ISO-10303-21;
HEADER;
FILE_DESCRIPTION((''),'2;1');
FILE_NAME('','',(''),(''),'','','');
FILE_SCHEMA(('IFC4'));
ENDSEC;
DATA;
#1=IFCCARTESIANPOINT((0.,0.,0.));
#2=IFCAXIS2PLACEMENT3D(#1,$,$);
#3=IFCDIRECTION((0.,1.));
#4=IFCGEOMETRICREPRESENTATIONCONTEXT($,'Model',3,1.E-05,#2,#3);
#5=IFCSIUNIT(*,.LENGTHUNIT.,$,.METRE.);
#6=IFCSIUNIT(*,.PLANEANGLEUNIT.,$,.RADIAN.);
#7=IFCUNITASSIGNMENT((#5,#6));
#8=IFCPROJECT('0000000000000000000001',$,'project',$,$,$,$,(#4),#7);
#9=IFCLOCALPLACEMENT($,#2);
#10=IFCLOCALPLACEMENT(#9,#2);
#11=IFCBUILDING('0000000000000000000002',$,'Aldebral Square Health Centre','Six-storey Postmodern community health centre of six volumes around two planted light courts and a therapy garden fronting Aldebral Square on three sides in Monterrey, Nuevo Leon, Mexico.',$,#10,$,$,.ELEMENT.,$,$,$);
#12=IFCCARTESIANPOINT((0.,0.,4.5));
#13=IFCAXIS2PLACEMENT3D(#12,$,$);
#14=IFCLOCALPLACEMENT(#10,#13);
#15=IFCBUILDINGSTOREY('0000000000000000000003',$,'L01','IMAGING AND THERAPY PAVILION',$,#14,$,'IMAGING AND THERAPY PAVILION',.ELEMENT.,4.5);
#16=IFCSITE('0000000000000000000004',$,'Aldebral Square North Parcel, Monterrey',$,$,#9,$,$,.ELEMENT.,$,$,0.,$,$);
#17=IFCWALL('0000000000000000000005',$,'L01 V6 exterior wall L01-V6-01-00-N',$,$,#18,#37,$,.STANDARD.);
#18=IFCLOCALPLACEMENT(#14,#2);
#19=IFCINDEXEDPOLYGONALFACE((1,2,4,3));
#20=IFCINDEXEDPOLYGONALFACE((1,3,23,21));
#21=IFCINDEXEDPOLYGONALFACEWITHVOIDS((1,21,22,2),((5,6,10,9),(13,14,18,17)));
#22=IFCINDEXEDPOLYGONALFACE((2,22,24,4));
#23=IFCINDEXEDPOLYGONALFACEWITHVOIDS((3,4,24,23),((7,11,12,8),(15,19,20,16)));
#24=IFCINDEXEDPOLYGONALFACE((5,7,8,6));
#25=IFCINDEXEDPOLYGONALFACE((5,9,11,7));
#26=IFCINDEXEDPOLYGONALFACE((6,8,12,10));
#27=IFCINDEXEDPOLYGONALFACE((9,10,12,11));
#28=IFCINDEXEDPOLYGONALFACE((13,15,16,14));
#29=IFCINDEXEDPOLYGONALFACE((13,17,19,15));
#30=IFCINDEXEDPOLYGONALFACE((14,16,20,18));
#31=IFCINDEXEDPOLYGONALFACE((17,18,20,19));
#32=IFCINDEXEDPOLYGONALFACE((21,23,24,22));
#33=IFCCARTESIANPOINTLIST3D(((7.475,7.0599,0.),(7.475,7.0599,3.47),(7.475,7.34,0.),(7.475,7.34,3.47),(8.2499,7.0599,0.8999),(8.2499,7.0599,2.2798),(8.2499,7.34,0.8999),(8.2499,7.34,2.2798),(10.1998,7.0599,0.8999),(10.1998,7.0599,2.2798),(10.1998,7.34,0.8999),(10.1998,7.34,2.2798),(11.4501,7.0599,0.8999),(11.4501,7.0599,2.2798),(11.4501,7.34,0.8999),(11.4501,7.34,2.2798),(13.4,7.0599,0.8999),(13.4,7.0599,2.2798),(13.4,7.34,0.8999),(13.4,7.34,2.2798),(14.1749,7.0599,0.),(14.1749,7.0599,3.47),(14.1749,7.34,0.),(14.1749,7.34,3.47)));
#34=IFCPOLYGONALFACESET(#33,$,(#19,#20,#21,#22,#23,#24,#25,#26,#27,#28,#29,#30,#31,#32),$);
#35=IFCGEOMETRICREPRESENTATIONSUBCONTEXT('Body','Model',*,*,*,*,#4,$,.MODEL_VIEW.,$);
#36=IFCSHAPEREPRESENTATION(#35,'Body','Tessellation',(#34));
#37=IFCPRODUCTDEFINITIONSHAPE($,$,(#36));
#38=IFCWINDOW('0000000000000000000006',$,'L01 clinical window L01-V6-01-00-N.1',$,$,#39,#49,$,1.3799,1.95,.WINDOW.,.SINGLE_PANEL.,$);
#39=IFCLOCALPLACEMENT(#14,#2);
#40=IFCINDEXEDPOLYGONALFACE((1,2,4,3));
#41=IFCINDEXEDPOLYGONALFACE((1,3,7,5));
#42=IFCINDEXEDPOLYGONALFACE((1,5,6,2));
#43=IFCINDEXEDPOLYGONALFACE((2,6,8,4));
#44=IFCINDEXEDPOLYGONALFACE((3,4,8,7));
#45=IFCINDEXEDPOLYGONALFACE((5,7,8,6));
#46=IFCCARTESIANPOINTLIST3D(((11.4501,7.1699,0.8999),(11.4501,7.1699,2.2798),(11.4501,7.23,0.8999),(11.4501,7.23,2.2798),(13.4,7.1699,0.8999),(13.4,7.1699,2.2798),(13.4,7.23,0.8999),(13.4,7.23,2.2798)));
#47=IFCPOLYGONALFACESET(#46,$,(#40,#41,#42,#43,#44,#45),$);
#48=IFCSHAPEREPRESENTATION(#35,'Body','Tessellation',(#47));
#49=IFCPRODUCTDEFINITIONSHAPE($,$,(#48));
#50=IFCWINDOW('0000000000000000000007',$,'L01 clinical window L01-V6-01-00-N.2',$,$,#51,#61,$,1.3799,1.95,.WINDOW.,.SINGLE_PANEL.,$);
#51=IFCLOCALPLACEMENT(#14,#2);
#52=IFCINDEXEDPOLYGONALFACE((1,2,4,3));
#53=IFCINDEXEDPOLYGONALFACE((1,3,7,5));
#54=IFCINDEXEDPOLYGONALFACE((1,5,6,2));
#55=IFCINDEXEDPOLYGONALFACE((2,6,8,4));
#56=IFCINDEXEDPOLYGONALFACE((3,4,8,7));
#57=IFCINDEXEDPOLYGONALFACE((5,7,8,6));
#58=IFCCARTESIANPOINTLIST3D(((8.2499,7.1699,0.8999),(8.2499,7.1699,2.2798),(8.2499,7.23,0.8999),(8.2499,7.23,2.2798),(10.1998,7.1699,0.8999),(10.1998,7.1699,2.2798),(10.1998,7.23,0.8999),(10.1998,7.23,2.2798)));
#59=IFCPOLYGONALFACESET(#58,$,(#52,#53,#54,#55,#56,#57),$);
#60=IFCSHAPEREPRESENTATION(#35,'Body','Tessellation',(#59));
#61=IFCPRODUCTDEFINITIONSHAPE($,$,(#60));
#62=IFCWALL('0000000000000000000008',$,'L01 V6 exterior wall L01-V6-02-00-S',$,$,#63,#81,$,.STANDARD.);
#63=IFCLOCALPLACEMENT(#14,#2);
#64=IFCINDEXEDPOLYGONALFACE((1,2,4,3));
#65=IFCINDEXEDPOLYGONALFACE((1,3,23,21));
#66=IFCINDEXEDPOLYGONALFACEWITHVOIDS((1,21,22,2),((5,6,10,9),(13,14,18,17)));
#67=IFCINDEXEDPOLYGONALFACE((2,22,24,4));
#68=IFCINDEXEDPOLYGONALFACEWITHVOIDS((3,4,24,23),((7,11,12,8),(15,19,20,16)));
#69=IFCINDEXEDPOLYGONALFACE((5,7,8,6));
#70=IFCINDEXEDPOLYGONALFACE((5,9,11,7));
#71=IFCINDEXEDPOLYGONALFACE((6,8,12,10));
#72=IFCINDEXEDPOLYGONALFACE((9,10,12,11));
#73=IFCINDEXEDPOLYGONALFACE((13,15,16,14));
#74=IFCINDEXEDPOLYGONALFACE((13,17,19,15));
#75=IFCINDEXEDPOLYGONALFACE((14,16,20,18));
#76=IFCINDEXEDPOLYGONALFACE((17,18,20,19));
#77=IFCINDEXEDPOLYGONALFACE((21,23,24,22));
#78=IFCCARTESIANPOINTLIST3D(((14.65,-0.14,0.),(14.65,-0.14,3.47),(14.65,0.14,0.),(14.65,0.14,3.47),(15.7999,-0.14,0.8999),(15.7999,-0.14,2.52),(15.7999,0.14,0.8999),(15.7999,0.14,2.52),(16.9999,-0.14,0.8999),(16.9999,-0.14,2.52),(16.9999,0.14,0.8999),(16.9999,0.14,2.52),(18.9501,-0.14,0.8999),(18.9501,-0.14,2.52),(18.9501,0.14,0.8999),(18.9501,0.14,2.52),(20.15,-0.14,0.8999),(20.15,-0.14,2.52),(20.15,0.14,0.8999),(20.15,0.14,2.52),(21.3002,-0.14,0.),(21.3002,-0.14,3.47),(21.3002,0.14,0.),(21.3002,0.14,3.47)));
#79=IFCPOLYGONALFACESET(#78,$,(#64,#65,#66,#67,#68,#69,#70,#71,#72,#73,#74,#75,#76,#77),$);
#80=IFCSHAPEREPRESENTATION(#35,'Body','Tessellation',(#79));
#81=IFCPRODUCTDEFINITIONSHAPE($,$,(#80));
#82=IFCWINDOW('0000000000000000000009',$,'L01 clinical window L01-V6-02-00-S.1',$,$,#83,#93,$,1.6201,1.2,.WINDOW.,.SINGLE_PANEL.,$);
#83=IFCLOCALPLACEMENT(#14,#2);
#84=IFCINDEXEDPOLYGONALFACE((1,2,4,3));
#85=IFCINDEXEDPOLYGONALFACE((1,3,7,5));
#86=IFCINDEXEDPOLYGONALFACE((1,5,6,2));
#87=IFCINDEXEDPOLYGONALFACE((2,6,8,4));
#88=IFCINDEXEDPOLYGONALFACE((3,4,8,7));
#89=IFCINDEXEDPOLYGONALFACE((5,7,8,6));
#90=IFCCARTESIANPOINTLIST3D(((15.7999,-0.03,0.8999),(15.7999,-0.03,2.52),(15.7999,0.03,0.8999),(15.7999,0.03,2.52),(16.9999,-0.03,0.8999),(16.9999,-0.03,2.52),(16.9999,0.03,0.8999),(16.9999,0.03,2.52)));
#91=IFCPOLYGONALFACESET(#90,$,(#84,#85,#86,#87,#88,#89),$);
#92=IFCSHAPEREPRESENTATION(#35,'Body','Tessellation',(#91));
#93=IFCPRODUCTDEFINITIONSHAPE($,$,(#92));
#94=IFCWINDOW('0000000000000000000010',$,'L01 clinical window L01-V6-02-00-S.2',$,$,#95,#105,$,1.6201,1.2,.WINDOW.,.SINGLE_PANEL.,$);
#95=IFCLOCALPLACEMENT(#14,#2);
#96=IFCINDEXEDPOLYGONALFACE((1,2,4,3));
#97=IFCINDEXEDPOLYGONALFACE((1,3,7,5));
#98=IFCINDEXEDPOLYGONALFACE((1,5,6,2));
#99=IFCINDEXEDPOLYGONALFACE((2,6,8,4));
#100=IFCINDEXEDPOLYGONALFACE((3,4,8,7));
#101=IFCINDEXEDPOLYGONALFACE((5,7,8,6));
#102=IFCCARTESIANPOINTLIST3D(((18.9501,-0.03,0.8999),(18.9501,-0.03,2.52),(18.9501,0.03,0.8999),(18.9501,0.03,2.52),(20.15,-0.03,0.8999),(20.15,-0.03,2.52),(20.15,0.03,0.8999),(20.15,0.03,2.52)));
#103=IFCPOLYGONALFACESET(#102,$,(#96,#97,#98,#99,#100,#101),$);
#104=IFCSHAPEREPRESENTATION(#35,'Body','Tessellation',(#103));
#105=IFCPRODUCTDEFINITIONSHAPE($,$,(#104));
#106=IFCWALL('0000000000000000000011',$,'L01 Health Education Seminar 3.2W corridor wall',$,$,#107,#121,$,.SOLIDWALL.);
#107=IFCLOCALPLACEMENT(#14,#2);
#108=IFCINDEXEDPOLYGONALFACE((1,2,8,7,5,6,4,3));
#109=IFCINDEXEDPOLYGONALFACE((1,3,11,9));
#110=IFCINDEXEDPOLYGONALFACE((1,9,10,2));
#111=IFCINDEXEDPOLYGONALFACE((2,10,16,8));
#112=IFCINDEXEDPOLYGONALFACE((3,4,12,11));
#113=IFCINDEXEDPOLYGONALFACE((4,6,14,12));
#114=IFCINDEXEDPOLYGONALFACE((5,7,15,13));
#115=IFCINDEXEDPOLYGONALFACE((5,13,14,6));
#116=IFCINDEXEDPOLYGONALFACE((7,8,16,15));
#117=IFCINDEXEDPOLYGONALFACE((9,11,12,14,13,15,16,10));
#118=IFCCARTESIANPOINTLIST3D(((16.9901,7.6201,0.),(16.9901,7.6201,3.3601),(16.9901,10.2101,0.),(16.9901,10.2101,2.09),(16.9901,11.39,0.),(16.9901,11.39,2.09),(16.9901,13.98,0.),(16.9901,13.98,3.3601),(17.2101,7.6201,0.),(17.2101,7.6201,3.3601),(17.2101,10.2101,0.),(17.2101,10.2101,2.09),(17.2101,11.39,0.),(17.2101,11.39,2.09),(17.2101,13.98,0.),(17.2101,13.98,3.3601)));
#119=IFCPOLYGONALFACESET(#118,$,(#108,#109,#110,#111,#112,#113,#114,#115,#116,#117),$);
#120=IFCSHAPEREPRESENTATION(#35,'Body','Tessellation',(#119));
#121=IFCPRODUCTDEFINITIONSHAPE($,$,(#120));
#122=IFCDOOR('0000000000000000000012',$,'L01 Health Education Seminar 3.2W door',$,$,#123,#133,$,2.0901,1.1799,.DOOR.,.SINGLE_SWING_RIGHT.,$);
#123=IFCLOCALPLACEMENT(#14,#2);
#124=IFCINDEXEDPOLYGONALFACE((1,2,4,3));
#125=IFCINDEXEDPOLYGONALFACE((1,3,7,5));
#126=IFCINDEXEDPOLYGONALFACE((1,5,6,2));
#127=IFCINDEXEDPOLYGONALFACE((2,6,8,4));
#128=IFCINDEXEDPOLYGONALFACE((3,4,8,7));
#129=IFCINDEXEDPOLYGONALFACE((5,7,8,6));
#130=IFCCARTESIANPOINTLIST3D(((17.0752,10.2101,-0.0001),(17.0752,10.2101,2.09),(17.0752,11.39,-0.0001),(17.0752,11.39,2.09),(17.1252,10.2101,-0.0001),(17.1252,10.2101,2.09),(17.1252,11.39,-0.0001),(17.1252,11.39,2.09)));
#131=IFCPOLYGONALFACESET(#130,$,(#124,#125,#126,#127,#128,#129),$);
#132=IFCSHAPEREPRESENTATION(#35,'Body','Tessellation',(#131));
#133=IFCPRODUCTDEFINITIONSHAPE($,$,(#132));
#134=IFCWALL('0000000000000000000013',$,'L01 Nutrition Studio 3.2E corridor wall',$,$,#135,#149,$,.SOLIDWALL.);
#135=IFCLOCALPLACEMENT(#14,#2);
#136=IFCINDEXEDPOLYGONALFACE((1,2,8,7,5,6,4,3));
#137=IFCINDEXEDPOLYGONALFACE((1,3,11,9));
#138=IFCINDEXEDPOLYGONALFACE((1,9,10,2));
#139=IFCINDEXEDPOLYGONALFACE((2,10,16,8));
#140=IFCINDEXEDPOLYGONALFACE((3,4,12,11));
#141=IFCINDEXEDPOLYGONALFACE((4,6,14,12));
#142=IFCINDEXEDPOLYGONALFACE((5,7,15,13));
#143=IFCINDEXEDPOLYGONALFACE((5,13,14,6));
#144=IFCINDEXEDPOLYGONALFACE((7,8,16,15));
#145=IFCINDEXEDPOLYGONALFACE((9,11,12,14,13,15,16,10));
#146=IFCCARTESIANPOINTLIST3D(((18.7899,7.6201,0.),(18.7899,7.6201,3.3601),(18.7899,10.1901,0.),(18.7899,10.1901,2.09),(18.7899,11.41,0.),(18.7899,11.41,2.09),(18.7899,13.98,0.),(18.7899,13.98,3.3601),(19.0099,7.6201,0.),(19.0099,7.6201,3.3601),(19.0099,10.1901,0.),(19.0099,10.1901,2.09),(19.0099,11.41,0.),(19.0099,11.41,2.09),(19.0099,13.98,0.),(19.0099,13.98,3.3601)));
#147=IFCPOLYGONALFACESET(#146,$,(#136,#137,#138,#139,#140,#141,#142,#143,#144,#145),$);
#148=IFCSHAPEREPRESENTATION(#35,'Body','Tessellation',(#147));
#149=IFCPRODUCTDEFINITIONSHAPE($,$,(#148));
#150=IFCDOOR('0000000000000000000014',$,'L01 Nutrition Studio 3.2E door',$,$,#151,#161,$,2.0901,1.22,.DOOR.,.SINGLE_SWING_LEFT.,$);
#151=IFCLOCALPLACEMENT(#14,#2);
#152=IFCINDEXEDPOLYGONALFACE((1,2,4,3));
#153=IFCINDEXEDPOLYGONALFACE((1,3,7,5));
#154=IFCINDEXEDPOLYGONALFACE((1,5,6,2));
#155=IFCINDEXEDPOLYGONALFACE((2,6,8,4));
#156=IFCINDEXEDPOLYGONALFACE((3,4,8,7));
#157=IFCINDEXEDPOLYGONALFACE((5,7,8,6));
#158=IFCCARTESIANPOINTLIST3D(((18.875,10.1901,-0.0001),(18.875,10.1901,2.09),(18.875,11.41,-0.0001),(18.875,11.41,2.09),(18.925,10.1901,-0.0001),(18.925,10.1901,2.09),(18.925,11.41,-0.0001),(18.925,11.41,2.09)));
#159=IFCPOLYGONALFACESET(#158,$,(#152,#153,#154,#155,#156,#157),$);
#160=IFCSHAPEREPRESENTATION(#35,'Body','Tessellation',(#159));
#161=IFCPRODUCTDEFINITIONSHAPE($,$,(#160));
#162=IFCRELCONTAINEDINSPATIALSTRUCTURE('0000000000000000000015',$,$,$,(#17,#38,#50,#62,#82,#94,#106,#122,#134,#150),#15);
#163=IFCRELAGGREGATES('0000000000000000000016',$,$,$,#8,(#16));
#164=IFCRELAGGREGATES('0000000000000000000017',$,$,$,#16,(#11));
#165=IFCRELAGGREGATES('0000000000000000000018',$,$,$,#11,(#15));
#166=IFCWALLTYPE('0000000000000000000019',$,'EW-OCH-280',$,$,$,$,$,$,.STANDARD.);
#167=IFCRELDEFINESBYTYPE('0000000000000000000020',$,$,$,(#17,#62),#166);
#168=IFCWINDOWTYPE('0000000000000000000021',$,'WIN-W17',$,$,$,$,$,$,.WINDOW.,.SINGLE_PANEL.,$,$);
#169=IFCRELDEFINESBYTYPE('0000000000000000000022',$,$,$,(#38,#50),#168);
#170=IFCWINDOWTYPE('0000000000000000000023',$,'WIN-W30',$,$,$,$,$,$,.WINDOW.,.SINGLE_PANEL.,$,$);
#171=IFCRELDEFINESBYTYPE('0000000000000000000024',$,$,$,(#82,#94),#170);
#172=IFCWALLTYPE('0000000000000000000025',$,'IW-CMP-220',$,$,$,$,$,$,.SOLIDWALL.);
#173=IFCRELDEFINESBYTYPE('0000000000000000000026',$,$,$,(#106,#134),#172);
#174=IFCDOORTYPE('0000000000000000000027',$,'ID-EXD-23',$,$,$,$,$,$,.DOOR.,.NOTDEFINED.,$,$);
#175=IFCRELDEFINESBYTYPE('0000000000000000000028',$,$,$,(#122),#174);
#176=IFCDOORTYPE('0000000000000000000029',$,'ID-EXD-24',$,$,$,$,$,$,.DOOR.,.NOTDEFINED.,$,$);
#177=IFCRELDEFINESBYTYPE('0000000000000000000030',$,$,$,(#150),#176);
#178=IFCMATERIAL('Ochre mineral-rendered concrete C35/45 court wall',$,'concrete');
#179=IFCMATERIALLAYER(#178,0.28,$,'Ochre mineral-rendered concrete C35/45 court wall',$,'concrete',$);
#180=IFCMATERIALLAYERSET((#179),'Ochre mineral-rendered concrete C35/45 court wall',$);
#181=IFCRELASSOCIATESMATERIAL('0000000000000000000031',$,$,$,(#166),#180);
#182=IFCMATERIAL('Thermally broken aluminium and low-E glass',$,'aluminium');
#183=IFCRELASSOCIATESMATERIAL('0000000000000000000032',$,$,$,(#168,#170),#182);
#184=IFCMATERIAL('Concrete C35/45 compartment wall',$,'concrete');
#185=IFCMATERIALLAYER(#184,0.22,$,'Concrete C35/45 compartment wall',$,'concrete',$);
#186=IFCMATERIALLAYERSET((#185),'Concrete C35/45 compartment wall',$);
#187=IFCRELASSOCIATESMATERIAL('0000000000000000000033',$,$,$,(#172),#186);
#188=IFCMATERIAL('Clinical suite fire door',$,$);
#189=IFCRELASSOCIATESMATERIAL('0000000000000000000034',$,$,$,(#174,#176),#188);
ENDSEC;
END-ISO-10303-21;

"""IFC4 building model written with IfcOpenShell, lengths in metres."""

from ifc_helpers import new_model, si_unit, direction, frame, frame_2d, origin, place, context, subcontext, project, spatial, rectangle, extrude, material, layer, layer_set, type_object, element, fill, save


model = new_model("IFC4")

# Units and contexts
model_context = context("Model", 3, precision=1e-05, world=origin(), true_north=direction((0.0, 1.0)))
body_context = subcontext(model_context, "Body", "Model", "MODEL_VIEW")
ifc_project = project(units=[si_unit("LENGTHUNIT", "METRE"), si_unit("PLANEANGLEUNIT", "RADIAN")], contexts=[model_context])

# Site, building, storey
site_placement = place(None, origin())
site = spatial("IfcSite", under=ifc_project, at=site_placement, Name="Aldebral Square North Parcel, Monterrey", CompositionType="ELEMENT", RefElevation=0.0)
building_placement = place(site_placement, origin())
building = spatial("IfcBuilding", under=site, at=building_placement, Name="Aldebral Square Health Centre", Description="Six-storey Postmodern community health centre of six volumes around two planted light courts and a therapy garden fronting Aldebral Square on three sides in Monterrey, Nuevo Leon, Mexico.", CompositionType="ELEMENT")
storey_placement = place(building_placement, frame((0.0, 0.0, 4.5)))
storey = spatial("IfcBuildingStorey", under=building, at=storey_placement, Name="L01", Description="IMAGING AND THERAPY PAVILION", LongName="IMAGING AND THERAPY PAVILION", CompositionType="ELEMENT", Elevation=4.5)

# Walls, openings, windows
ifc_material_1 = material(Name="Ochre mineral-rendered concrete C35/45 court wall", Category="concrete")
ifc_layer_1 = layer(ifc_material_1, 0.28, Name="Ochre mineral-rendered concrete C35/45 court wall", Category="concrete")
ifc_layer_set_1 = layer_set([ifc_layer_1], Name="Ochre mineral-rendered concrete C35/45 court wall")
wall_type_1 = type_object("IfcWallType", Name="EW-OCH-280", PredefinedType="STANDARD", material=ifc_layer_set_1)
wall_1_placement = place(storey_placement, frame((14.175, 7.2, 0.0), z_axis=(0.0, 0.0, 1.0), x_axis=(-1.0, 0.0, 0.0)))
wall_1 = element("IfcWall", 1, at=wall_1_placement, inside=storey, type_object=wall_type_1, Name="L01 V6 exterior wall L01-V6-01-00-N", PredefinedType="STANDARD", context=body_context, shape_type="SweptSolid", body=[
    extrude(rectangle(XDim=6.7, YDim=0.28, at=frame_2d((3.3501, 0.0))), origin(), (0.0, 0.0, 1.0), 3.47),
])
opening_1_placement = place(wall_1_placement, frame((0.7749, 0.0, 0.8999)))
opening_1 = element("IfcOpeningElement", 2, at=opening_1_placement, cuts=wall_1, PredefinedType="OPENING", context=body_context, shape_type="SweptSolid", body=[
    extrude(rectangle(XDim=1.95, YDim=1.3799, at=frame_2d((0.9751, 0.6899))), frame((0.0, 0.1499, 0.0), z_axis=(0.0, -1.0, 0.0), x_axis=(1.0, 0.0, 0.0)), (0.0, 0.0, 1.0), 0.3),
])
opening_2_placement = place(wall_1_placement, frame((3.9751, 0.0, 0.8999)))
opening_2 = element("IfcOpeningElement", 3, at=opening_2_placement, cuts=wall_1, PredefinedType="OPENING", context=body_context, shape_type="SweptSolid", body=[
    extrude(rectangle(XDim=1.95, YDim=1.3799, at=frame_2d((0.9751, 0.6899))), frame((0.0, 0.1499, 0.0), z_axis=(0.0, -1.0, 0.0), x_axis=(1.0, 0.0, 0.0)), (0.0, 0.0, 1.0), 0.3),
])
ifc_material_2 = material(Name="Thermally broken aluminium and low-E glass", Category="aluminium")
window_type_1 = type_object("IfcWindowType", Name="WIN-W17", PartitioningType="SINGLE_PANEL", PredefinedType="WINDOW", material=ifc_material_2)
window_1_placement = place(opening_1_placement, origin())
window_1 = element("IfcWindow", 4, at=window_1_placement, inside=storey, type_object=window_type_1, Name="L01 clinical window L01-V6-01-00-N.1", OverallHeight=1.3799, OverallWidth=1.95, PartitioningType="SINGLE_PANEL", PredefinedType="WINDOW", context=body_context, shape_type="SweptSolid", body=[
    extrude(rectangle(XDim=1.95, YDim=1.3799, at=frame_2d((0.9751, 0.6899))), frame((0.0, 0.03, 0.0), z_axis=(0.0, -1.0, 0.0), x_axis=(1.0, 0.0, 0.0)), (0.0, 0.0, 1.0), 0.0601),
])
fill(opening_1, window_1)
window_2_placement = place(opening_2_placement, origin())
window_2 = element("IfcWindow", 5, at=window_2_placement, inside=storey, type_object=window_type_1, Name="L01 clinical window L01-V6-01-00-N.2", OverallHeight=1.3799, OverallWidth=1.95, PartitioningType="SINGLE_PANEL", PredefinedType="WINDOW", context=body_context, shape_type="SweptSolid", body=[
    extrude(rectangle(XDim=1.95, YDim=1.3799, at=frame_2d((0.9751, 0.6899))), frame((0.0, 0.03, 0.0), z_axis=(0.0, -1.0, 0.0), x_axis=(1.0, 0.0, 0.0)), (0.0, 0.0, 1.0), 0.0601),
])
fill(opening_2, window_2)
wall_2_placement = place(storey_placement, frame((14.6499, 0.0, 0.0), z_axis=(0.0, 0.0, 1.0), x_axis=(1.0, 0.0, 0.0)))
wall_2 = element("IfcWall", 6, at=wall_2_placement, inside=storey, type_object=wall_type_1, Name="L01 V6 exterior wall L01-V6-02-00-S", PredefinedType="STANDARD", context=body_context, shape_type="SweptSolid", body=[
    extrude(rectangle(XDim=6.6501, YDim=0.28, at=frame_2d((3.3252, 0.0))), origin(), (0.0, 0.0, 1.0), 3.47),
])
opening_3_placement = place(wall_2_placement, frame((1.1499, 0.0, 0.8999)))
opening_3 = element("IfcOpeningElement", 7, at=opening_3_placement, cuts=wall_2, PredefinedType="OPENING", context=body_context, shape_type="SweptSolid", body=[
    extrude(rectangle(XDim=1.2, YDim=1.6201, at=frame_2d((0.6001, 0.8101))), frame((0.0, 0.1499, 0.0), z_axis=(0.0, -1.0, 0.0), x_axis=(1.0, 0.0, 0.0)), (0.0, 0.0, 1.0), 0.3),
])
opening_4_placement = place(wall_2_placement, frame((4.3, 0.0, 0.8999)))
opening_4 = element("IfcOpeningElement", 8, at=opening_4_placement, cuts=wall_2, PredefinedType="OPENING", context=body_context, shape_type="SweptSolid", body=[
    extrude(rectangle(XDim=1.2, YDim=1.6201, at=frame_2d((0.6001, 0.8101))), frame((0.0, 0.1499, 0.0), z_axis=(0.0, -1.0, 0.0), x_axis=(1.0, 0.0, 0.0)), (0.0, 0.0, 1.0), 0.3),
])
window_type_2 = type_object("IfcWindowType", Name="WIN-W30", PartitioningType="SINGLE_PANEL", PredefinedType="WINDOW", material=ifc_material_2)
window_3_placement = place(opening_3_placement, origin())
window_3 = element("IfcWindow", 9, at=window_3_placement, inside=storey, type_object=window_type_2, Name="L01 clinical window L01-V6-02-00-S.1", OverallHeight=1.6201, OverallWidth=1.2, PartitioningType="SINGLE_PANEL", PredefinedType="WINDOW", context=body_context, shape_type="SweptSolid", body=[
    extrude(rectangle(XDim=1.2, YDim=1.6201, at=frame_2d((0.6001, 0.8101))), frame((0.0, 0.03, 0.0), z_axis=(0.0, -1.0, 0.0), x_axis=(1.0, 0.0, 0.0)), (0.0, 0.0, 1.0), 0.0601),
])
fill(opening_3, window_3)
window_4_placement = place(opening_4_placement, origin())
window_4 = element("IfcWindow", 10, at=window_4_placement, inside=storey, type_object=window_type_2, Name="L01 clinical window L01-V6-02-00-S.2", OverallHeight=1.6201, OverallWidth=1.2, PartitioningType="SINGLE_PANEL", PredefinedType="WINDOW", context=body_context, shape_type="SweptSolid", body=[
    extrude(rectangle(XDim=1.2, YDim=1.6201, at=frame_2d((0.6001, 0.8101))), frame((0.0, 0.03, 0.0), z_axis=(0.0, -1.0, 0.0), x_axis=(1.0, 0.0, 0.0)), (0.0, 0.0, 1.0), 0.0601),
])
fill(opening_4, window_4)

# Walls, openings, doors
ifc_material_3 = material(Name="Concrete C35/45 compartment wall", Category="concrete")
ifc_layer_2 = layer(ifc_material_3, 0.22, Name="Concrete C35/45 compartment wall", Category="concrete")
ifc_layer_set_2 = layer_set([ifc_layer_2], Name="Concrete C35/45 compartment wall")
wall_type_2 = type_object("IfcWallType", Name="IW-CMP-220", PredefinedType="SOLIDWALL", material=ifc_layer_set_2)
wall_3_placement = place(storey_placement, frame((17.1001, 7.6201, 0.0), z_axis=(0.0, 0.0, 1.0), x_axis=(0.0, 1.0, 0.0)))
wall_3 = element("IfcWall", 11, at=wall_3_placement, inside=storey, type_object=wall_type_2, Name="L01 Health Education Seminar 3.2W corridor wall", PredefinedType="SOLIDWALL", context=body_context, shape_type="SweptSolid", body=[
    extrude(rectangle(XDim=6.3599, YDim=0.22, at=frame_2d((3.1799, 0.0))), origin(), (0.0, 0.0, 1.0), 3.3601),
])
opening_5_placement = place(wall_3_placement, frame((2.5901, 0.0, 0.0)))
opening_5 = element("IfcOpeningElement", 12, at=opening_5_placement, cuts=wall_3, PredefinedType="OPENING", context=body_context, shape_type="SweptSolid", body=[
    extrude(rectangle(XDim=1.1799, YDim=2.0901, at=frame_2d((0.5898, 1.0449))), frame((0.0, 0.1201, 0.0), z_axis=(0.0, -1.0, 0.0), x_axis=(1.0, 0.0, 0.0)), (0.0, 0.0, 1.0), 0.24),
])
ifc_material_4 = material(Name="Clinical suite fire door")
door_type_1 = type_object("IfcDoorType", Name="ID-EXD-23", OperationType="NOTDEFINED", PredefinedType="DOOR", material=ifc_material_4)
door_1_placement = place(opening_5_placement, origin())
door_1 = element("IfcDoor", 13, at=door_1_placement, inside=storey, type_object=door_type_1, Name="L01 Health Education Seminar 3.2W door", OperationType="SINGLE_SWING_RIGHT", OverallHeight=2.0901, OverallWidth=1.1799, PredefinedType="DOOR", context=body_context, shape_type="SweptSolid", body=[
    extrude(rectangle(XDim=1.1799, YDim=2.0901, at=frame_2d((0.5898, 1.0449))), frame((0.0, 0.0249, 0.0), z_axis=(0.0, -1.0, 0.0), x_axis=(1.0, 0.0, 0.0)), (0.0, 0.0, 1.0), 0.05),
])
fill(opening_5, door_1)
wall_4_placement = place(storey_placement, frame((18.8999, 7.6201, 0.0), z_axis=(0.0, 0.0, 1.0), x_axis=(0.0, 1.0, 0.0)))
wall_4 = element("IfcWall", 14, at=wall_4_placement, inside=storey, type_object=wall_type_2, Name="L01 Nutrition Studio 3.2E corridor wall", PredefinedType="SOLIDWALL", context=body_context, shape_type="SweptSolid", body=[
    extrude(rectangle(XDim=6.3599, YDim=0.22, at=frame_2d((3.1799, 0.0))), origin(), (0.0, 0.0, 1.0), 3.3601),
])
opening_6_placement = place(wall_4_placement, frame((2.5701, 0.0, 0.0)))
opening_6 = element("IfcOpeningElement", 15, at=opening_6_placement, cuts=wall_4, PredefinedType="OPENING", context=body_context, shape_type="SweptSolid", body=[
    extrude(rectangle(XDim=1.22, YDim=2.0901, at=frame_2d((0.6099, 1.0449))), frame((0.0, 0.1201, 0.0), z_axis=(0.0, -1.0, 0.0), x_axis=(1.0, 0.0, 0.0)), (0.0, 0.0, 1.0), 0.24),
])
door_type_2 = type_object("IfcDoorType", Name="ID-EXD-24", OperationType="NOTDEFINED", PredefinedType="DOOR", material=ifc_material_4)
door_2_placement = place(opening_6_placement, origin())
door_2 = element("IfcDoor", 16, at=door_2_placement, inside=storey, type_object=door_type_2, Name="L01 Nutrition Studio 3.2E door", OperationType="SINGLE_SWING_LEFT", OverallHeight=2.0901, OverallWidth=1.22, PredefinedType="DOOR", context=body_context, shape_type="SweptSolid", body=[
    extrude(rectangle(XDim=1.22, YDim=2.0901, at=frame_2d((0.6099, 1.0449))), frame((0.0, 0.0249, 0.0), z_axis=(0.0, -1.0, 0.0), x_axis=(1.0, 0.0, 0.0)), (0.0, 0.0, 1.0), 0.05),
])
fill(opening_6, door_2)

save(model, "model.ifc")
